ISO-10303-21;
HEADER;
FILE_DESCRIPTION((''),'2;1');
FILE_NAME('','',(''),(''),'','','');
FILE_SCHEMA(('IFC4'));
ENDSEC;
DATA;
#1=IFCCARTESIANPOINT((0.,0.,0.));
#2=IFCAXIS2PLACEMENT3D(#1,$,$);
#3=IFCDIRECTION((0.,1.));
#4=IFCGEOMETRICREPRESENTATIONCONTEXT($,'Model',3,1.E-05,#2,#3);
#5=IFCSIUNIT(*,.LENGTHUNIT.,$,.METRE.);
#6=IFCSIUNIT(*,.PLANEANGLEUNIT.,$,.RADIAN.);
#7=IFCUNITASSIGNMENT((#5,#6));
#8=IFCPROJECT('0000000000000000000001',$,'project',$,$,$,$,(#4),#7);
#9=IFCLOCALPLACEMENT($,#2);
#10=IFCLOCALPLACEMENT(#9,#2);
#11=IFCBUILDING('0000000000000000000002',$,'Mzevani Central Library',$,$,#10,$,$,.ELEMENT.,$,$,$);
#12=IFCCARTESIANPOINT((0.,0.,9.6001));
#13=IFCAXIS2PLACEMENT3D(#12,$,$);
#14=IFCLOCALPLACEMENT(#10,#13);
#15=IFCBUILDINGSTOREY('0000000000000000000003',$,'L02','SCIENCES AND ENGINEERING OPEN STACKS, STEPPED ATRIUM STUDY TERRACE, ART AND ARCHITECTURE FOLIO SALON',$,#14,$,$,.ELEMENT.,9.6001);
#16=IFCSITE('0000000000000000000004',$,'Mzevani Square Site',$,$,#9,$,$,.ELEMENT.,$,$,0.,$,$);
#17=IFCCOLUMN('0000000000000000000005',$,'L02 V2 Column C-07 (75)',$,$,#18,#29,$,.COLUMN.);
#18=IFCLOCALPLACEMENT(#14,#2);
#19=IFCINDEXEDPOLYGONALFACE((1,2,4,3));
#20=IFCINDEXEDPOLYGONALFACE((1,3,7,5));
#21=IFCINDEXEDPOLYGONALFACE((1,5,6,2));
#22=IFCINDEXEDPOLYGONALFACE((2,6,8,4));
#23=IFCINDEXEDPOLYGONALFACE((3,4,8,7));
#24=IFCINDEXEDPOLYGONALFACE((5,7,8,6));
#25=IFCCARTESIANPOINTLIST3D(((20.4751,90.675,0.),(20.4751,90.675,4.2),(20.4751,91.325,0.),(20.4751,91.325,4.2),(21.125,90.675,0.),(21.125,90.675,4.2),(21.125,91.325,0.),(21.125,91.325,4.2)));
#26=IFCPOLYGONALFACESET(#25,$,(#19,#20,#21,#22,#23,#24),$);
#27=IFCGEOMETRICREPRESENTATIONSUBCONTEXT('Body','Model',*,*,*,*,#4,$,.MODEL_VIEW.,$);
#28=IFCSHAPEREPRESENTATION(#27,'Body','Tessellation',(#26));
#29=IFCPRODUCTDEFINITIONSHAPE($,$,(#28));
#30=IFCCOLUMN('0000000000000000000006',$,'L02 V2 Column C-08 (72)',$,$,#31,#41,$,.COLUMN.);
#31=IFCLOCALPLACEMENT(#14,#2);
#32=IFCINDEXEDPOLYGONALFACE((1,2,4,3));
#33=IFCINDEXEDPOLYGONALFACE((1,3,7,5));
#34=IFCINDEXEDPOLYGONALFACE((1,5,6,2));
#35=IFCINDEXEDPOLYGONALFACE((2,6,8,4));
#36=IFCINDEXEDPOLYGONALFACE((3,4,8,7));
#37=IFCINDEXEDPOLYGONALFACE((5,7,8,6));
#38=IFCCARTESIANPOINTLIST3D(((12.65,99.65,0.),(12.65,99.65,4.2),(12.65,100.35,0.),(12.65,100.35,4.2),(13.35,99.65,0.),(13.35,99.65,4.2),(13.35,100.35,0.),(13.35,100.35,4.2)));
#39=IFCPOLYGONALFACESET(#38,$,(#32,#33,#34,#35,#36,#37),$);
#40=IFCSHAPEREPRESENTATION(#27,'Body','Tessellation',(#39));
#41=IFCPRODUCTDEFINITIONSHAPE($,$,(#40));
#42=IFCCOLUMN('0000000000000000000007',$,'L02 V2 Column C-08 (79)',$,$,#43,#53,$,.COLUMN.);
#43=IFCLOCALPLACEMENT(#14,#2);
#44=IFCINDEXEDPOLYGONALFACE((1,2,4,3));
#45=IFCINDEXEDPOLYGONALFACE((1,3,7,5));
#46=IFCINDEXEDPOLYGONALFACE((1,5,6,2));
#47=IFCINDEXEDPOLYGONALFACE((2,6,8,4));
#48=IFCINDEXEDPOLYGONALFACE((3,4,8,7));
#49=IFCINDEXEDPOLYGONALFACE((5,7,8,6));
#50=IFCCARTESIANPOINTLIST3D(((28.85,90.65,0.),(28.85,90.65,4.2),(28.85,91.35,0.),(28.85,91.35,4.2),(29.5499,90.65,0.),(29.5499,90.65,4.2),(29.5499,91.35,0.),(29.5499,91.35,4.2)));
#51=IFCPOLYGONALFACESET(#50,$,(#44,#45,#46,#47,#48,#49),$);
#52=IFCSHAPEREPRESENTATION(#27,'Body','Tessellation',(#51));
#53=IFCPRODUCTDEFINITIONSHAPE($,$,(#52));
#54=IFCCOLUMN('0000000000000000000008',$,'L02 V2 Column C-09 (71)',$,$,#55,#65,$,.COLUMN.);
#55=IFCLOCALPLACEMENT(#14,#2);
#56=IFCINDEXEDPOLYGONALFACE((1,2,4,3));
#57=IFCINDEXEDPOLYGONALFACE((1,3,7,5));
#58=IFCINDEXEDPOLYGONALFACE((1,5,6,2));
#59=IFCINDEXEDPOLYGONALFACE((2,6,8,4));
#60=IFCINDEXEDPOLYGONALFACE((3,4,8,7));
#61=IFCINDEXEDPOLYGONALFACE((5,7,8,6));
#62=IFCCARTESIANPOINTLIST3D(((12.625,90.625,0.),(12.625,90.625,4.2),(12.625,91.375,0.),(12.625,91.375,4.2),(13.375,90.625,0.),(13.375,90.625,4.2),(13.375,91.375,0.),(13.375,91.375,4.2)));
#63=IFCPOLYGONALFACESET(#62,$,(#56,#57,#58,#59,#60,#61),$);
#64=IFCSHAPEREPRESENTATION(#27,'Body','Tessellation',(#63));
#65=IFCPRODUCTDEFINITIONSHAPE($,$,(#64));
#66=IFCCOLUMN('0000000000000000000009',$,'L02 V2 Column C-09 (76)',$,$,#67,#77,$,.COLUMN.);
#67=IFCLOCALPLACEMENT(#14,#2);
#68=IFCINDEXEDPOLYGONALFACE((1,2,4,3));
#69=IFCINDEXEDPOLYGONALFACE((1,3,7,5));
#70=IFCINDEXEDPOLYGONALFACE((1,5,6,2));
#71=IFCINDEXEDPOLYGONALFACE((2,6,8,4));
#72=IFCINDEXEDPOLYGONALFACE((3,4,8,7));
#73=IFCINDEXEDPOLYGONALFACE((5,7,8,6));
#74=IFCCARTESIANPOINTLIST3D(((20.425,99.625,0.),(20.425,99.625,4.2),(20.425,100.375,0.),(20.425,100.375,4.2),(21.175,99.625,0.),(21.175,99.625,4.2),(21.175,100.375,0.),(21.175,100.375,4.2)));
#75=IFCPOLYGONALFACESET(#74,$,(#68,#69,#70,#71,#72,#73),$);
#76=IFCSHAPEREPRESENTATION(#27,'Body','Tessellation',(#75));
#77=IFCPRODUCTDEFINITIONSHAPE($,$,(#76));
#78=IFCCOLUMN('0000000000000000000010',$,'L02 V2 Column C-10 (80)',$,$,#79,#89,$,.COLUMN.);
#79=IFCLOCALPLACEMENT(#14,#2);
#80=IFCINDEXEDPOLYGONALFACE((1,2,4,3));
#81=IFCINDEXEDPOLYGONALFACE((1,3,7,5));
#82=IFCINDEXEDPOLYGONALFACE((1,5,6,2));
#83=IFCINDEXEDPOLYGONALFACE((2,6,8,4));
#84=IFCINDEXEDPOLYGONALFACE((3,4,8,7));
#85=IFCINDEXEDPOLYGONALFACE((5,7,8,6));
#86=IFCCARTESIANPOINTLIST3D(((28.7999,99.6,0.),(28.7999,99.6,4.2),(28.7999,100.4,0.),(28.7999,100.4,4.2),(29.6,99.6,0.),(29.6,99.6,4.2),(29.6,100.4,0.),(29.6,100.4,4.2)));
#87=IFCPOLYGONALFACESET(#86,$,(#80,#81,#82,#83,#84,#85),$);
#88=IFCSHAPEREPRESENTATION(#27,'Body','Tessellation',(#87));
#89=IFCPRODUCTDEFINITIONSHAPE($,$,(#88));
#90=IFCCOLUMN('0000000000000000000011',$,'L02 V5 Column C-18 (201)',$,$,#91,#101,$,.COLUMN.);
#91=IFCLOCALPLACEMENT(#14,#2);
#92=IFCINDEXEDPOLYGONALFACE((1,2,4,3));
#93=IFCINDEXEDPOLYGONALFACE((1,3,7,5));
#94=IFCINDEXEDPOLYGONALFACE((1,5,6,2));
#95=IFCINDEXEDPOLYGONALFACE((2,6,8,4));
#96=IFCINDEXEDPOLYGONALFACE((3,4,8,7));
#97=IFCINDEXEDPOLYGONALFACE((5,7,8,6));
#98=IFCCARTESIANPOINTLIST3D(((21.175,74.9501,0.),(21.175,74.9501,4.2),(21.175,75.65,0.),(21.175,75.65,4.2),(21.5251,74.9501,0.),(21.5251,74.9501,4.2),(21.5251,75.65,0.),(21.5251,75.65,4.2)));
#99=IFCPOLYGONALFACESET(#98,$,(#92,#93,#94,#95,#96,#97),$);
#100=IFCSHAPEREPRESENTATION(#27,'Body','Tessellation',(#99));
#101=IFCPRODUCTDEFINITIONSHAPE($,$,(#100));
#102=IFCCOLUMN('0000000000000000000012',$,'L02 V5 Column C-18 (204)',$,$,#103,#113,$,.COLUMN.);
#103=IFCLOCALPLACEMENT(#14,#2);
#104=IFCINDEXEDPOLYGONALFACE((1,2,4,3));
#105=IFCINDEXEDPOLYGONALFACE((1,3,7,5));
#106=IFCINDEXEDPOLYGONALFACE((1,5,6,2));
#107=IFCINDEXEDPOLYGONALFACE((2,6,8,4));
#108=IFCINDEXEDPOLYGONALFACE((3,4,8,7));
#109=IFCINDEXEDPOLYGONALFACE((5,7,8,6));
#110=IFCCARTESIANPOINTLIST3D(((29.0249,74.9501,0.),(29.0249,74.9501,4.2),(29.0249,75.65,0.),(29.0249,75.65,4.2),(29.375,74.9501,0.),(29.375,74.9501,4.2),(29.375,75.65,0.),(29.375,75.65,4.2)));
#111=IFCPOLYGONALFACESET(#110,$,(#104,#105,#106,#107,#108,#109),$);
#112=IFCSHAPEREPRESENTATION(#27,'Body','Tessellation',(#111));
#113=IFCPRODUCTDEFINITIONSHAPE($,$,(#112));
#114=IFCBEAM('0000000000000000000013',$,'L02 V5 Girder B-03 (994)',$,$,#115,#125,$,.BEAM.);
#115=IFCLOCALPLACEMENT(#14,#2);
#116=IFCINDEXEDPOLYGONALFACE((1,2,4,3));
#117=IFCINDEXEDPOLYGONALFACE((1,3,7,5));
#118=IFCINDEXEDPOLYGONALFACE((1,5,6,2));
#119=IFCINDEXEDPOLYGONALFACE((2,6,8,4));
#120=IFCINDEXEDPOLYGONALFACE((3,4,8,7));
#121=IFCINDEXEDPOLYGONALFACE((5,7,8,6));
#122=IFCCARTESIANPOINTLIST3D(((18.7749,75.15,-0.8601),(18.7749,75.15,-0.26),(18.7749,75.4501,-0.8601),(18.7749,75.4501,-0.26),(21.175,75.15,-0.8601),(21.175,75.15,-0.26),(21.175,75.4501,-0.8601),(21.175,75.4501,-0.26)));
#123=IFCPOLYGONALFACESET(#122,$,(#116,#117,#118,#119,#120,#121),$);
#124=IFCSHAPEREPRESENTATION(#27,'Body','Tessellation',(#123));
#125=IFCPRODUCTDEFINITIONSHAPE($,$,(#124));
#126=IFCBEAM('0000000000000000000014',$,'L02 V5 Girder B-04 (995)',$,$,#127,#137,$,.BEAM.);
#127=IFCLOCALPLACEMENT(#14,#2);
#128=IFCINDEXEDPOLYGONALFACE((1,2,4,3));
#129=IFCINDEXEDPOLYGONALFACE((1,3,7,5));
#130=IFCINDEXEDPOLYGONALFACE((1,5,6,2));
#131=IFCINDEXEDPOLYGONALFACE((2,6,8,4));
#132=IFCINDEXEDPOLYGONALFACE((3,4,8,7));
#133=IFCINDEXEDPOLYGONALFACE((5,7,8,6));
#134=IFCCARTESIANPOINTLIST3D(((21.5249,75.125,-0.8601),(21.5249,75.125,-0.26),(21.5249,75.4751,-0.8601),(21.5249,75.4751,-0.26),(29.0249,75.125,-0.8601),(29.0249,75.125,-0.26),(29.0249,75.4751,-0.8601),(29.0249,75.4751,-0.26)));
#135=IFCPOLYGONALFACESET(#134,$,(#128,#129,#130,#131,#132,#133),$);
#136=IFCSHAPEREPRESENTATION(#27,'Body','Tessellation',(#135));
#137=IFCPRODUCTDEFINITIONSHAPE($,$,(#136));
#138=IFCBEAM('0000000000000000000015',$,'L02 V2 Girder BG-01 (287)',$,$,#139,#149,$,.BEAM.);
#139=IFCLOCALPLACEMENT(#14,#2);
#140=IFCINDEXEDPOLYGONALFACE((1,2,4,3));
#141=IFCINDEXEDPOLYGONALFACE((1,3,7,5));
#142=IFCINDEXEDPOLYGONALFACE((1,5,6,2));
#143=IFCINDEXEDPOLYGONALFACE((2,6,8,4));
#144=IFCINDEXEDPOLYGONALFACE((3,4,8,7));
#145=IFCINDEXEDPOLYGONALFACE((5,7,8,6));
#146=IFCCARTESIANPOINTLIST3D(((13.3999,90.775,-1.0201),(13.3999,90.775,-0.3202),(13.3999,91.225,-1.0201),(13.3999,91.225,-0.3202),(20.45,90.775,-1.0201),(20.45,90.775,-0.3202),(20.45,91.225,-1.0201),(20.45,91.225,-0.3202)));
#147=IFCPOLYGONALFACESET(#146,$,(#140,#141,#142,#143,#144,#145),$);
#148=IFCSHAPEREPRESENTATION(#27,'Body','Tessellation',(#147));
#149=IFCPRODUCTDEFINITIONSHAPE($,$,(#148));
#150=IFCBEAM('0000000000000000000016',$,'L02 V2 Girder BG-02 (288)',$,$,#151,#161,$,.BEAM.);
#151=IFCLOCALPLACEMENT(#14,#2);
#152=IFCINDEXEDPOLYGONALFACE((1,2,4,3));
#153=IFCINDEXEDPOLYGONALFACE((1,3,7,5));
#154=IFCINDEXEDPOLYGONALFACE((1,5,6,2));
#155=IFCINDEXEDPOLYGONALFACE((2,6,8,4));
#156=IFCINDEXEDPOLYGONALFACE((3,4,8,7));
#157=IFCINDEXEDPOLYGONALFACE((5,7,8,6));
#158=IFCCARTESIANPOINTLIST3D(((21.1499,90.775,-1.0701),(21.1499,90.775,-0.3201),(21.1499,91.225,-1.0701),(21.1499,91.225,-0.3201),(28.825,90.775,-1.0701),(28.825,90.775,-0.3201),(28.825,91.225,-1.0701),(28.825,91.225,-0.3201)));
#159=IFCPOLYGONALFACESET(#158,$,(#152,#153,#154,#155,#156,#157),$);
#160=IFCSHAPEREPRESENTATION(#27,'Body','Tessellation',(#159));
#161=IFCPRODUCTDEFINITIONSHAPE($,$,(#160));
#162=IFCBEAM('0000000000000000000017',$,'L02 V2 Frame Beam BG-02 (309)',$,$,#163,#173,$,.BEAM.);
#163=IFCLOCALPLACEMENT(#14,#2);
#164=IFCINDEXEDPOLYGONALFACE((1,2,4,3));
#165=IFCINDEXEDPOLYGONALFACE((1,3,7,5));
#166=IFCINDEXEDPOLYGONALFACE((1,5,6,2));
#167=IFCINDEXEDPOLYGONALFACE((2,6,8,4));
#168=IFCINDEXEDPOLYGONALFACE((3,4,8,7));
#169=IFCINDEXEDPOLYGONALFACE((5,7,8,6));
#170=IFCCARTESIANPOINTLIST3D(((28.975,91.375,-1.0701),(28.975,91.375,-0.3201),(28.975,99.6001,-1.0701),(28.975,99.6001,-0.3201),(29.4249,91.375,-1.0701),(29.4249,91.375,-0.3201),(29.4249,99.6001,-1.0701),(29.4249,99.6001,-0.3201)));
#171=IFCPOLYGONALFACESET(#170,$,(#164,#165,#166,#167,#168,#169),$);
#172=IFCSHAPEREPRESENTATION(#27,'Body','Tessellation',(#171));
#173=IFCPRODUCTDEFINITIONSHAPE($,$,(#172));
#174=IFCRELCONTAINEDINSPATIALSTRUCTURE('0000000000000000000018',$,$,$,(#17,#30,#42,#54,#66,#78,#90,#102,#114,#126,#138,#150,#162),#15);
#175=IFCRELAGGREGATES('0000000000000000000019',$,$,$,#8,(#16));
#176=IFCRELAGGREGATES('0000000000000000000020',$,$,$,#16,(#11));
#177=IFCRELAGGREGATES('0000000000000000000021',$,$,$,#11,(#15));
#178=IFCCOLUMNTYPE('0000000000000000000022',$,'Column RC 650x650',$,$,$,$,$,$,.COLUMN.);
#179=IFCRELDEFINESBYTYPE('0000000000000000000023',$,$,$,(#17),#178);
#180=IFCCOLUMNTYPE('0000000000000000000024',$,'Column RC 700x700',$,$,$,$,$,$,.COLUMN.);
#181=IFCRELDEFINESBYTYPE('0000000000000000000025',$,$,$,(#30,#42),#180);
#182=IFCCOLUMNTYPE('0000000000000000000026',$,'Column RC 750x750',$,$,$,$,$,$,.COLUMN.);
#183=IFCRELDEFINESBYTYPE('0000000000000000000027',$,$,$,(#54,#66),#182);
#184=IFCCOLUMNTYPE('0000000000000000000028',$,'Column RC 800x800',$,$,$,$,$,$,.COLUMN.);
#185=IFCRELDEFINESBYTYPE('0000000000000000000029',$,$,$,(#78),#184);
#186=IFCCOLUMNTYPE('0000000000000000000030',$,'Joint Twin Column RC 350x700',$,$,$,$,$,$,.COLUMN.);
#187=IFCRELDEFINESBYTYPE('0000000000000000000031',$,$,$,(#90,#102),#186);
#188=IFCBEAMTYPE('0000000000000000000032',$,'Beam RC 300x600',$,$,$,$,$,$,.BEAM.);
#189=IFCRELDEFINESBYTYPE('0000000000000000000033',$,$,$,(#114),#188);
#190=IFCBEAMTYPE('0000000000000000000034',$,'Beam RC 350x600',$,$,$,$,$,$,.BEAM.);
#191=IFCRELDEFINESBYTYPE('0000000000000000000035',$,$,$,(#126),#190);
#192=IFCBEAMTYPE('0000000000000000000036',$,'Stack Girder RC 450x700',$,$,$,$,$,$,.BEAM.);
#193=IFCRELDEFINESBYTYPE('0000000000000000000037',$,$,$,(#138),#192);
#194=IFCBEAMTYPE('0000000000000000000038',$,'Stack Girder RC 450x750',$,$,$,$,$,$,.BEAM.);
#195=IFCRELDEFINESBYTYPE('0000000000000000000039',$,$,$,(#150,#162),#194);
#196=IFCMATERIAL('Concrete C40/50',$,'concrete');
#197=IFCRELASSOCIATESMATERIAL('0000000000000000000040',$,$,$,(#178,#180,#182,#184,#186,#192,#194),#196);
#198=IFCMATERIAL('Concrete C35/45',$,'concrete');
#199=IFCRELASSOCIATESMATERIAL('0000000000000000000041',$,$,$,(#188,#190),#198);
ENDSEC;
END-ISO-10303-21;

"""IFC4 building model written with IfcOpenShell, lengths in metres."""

from ifc_helpers import new_model, si_unit, direction, frame, origin, origin_2d, place, context, subcontext, project, spatial, rectangle, extrude, material, material_profile, profile_set, type_object, element, save


model = new_model("IFC4")

# Units and contexts
model_context = context("Model", 3, precision=1e-05, world=origin(), true_north=direction((0.0, 1.0)))
body_context = subcontext(model_context, "Body", "Model", "MODEL_VIEW")
ifc_project = project(units=[si_unit("LENGTHUNIT", "METRE"), si_unit("PLANEANGLEUNIT", "RADIAN")], contexts=[model_context])

# Site, building, storey
site_placement = place(None, origin())
site = spatial("IfcSite", under=ifc_project, at=site_placement, Name="Mzevani Square Site", CompositionType="ELEMENT", RefElevation=0.0)
building_placement = place(site_placement, origin())
building = spatial("IfcBuilding", under=site, at=building_placement, Name="Mzevani Central Library", CompositionType="ELEMENT")
storey_placement = place(building_placement, frame((0.0, 0.0, 9.6001)))
storey = spatial("IfcBuildingStorey", under=building, at=storey_placement, Name="L02", Description="SCIENCES AND ENGINEERING OPEN STACKS, STEPPED ATRIUM STUDY TERRACE, ART AND ARCHITECTURE FOLIO SALON", CompositionType="ELEMENT", Elevation=9.6001)

# Columns
ifc_material_1 = material(Name="Concrete C40/50", Category="concrete")
ifc_material_profile_1 = material_profile(ifc_material_1, rectangle(XDim=0.6499, YDim=0.6499, at=origin_2d()), Name="RC 650x650")
ifc_profile_set_1 = profile_set([ifc_material_profile_1], Name="Concrete C40/50")
column_type_1 = type_object("IfcColumnType", Name="Column RC 650x650", PredefinedType="COLUMN", material=ifc_profile_set_1)
column_1_placement = place(storey_placement, frame((20.8, 91.0, 0.0), z_axis=(0.0, 0.0, 1.0), x_axis=(1.0, 0.0, 0.0)))
element("IfcColumn", 1, at=column_1_placement, inside=storey, type_object=column_type_1, Name="L02 V2 Column C-07 (75)", PredefinedType="COLUMN", context=body_context, shape_type="SweptSolid", body=[
    extrude(rectangle(XDim=0.6499, YDim=0.6499, at=origin_2d()), origin(), (0.0, 0.0, 1.0), 4.2),
])
ifc_material_profile_2 = material_profile(ifc_material_1, rectangle(XDim=0.7, YDim=0.7, at=origin_2d()), Name="RC 700x700")
ifc_profile_set_2 = profile_set([ifc_material_profile_2], Name="Concrete C40/50")
column_type_2 = type_object("IfcColumnType", Name="Column RC 700x700", PredefinedType="COLUMN", material=ifc_profile_set_2)
for number, where, z_axis, x_axis, name in (
    (2, (13.0, 100.0, 0.0), (0.0, 0.0, 1.0), (1.0, 0.0, 0.0), "L02 V2 Column C-08 (72)"),
    (3, (29.2, 91.0, 0.0), (0.0, 0.0, 1.0), (1.0, 0.0, 0.0), "L02 V2 Column C-08 (79)"),
):
    element("IfcColumn", number, at=place(storey_placement, frame(where, z_axis=z_axis, x_axis=x_axis)), inside=storey, type_object=column_type_2, Name=name, PredefinedType="COLUMN", context=body_context, shape_type="SweptSolid", body=[
        extrude(rectangle(XDim=0.7, YDim=0.7, at=origin_2d()), origin(), (0.0, 0.0, 1.0), 4.2),
    ])
ifc_material_profile_3 = material_profile(ifc_material_1, rectangle(XDim=0.75, YDim=0.75, at=origin_2d()), Name="RC 750x750")
ifc_profile_set_3 = profile_set([ifc_material_profile_3], Name="Concrete C40/50")
column_type_3 = type_object("IfcColumnType", Name="Column RC 750x750", PredefinedType="COLUMN", material=ifc_profile_set_3)
for number, where, z_axis, x_axis, name in (
    (4, (13.0, 91.0, 0.0), (0.0, 0.0, 1.0), (1.0, 0.0, 0.0), "L02 V2 Column C-09 (71)"),
    (5, (20.8, 100.0, 0.0), (0.0, 0.0, 1.0), (1.0, 0.0, 0.0), "L02 V2 Column C-09 (76)"),
):
    element("IfcColumn", number, at=place(storey_placement, frame(where, z_axis=z_axis, x_axis=x_axis)), inside=storey, type_object=column_type_3, Name=name, PredefinedType="COLUMN", context=body_context, shape_type="SweptSolid", body=[
        extrude(rectangle(XDim=0.75, YDim=0.75, at=origin_2d()), origin(), (0.0, 0.0, 1.0), 4.2),
    ])
ifc_material_profile_4 = material_profile(ifc_material_1, rectangle(XDim=0.8, YDim=0.8, at=origin_2d()), Name="RC 800x800")
ifc_profile_set_4 = profile_set([ifc_material_profile_4], Name="Concrete C40/50")
column_type_4 = type_object("IfcColumnType", Name="Column RC 800x800", PredefinedType="COLUMN", material=ifc_profile_set_4)
column_2_placement = place(storey_placement, frame((29.2, 100.0, 0.0), z_axis=(0.0, 0.0, 1.0), x_axis=(1.0, 0.0, 0.0)))
element("IfcColumn", 6, at=column_2_placement, inside=storey, type_object=column_type_4, Name="L02 V2 Column C-10 (80)", PredefinedType="COLUMN", context=body_context, shape_type="SweptSolid", body=[
    extrude(rectangle(XDim=0.8, YDim=0.8, at=origin_2d()), origin(), (0.0, 0.0, 1.0), 4.2),
])
ifc_material_profile_5 = material_profile(ifc_material_1, rectangle(XDim=0.3501, YDim=0.7, at=origin_2d()), Name="RC 350x700")
ifc_profile_set_5 = profile_set([ifc_material_profile_5], Name="Concrete C40/50")
column_type_5 = type_object("IfcColumnType", Name="Joint Twin Column RC 350x700", PredefinedType="COLUMN", material=ifc_profile_set_5)
for number, where, z_axis, x_axis, name in (
    (7, (21.3501, 75.3, 0.0), (0.0, 0.0, 1.0), (1.0, 0.0, 0.0), "L02 V5 Column C-18 (201)"),
    (8, (29.2, 75.3, 0.0), (0.0, 0.0, 1.0), (1.0, 0.0, 0.0), "L02 V5 Column C-18 (204)"),
):
    element("IfcColumn", number, at=place(storey_placement, frame(where, z_axis=z_axis, x_axis=x_axis)), inside=storey, type_object=column_type_5, Name=name, PredefinedType="COLUMN", context=body_context, shape_type="SweptSolid", body=[
        extrude(rectangle(XDim=0.3501, YDim=0.7, at=origin_2d()), origin(), (0.0, 0.0, 1.0), 4.2),
    ])

# Beams
ifc_material_2 = material(Name="Concrete C35/45", Category="concrete")
ifc_material_profile_6 = material_profile(ifc_material_2, rectangle(XDim=0.3, YDim=0.6001, at=origin_2d()), Name="RC B300x600")
ifc_profile_set_6 = profile_set([ifc_material_profile_6], Name="Concrete C35/45")
beam_type_1 = type_object("IfcBeamType", Name="Beam RC 300x600", PredefinedType="BEAM", material=ifc_profile_set_6)
beam_1_placement = place(storey_placement, frame((18.7749, 75.3, -0.5601), z_axis=(1.0, 0.0, 0.0), x_axis=(0.0, 1.0, 0.0)))
element("IfcBeam", 9, at=beam_1_placement, inside=storey, type_object=beam_type_1, Name="L02 V5 Girder B-03 (994)", PredefinedType="BEAM", context=body_context, shape_type="SweptSolid", body=[
    extrude(rectangle(XDim=0.3, YDim=0.6001, at=origin_2d()), origin(), (0.0, 0.0, 1.0), 2.4001),
])
ifc_material_profile_7 = material_profile(ifc_material_2, rectangle(XDim=0.3501, YDim=0.6001, at=origin_2d()), Name="RC B350x600")
ifc_profile_set_7 = profile_set([ifc_material_profile_7], Name="Concrete C35/45")
beam_type_2 = type_object("IfcBeamType", Name="Beam RC 350x600", PredefinedType="BEAM", material=ifc_profile_set_7)
beam_2_placement = place(storey_placement, frame((21.5249, 75.3, -0.5601), z_axis=(1.0, 0.0, 0.0), x_axis=(0.0, 1.0, 0.0)))
element("IfcBeam", 10, at=beam_2_placement, inside=storey, type_object=beam_type_2, Name="L02 V5 Girder B-04 (995)", PredefinedType="BEAM", context=body_context, shape_type="SweptSolid", body=[
    extrude(rectangle(XDim=0.3501, YDim=0.6001, at=origin_2d()), origin(), (0.0, 0.0, 1.0), 7.5),
])
ifc_material_profile_8 = material_profile(ifc_material_1, rectangle(XDim=0.45, YDim=0.7, at=origin_2d()), Name="RC B450x700")
ifc_profile_set_8 = profile_set([ifc_material_profile_8], Name="Concrete C40/50")
beam_type_3 = type_object("IfcBeamType", Name="Stack Girder RC 450x700", PredefinedType="BEAM", material=ifc_profile_set_8)
beam_3_placement = place(storey_placement, frame((13.3999, 91.0, -0.6702), z_axis=(1.0, 0.0, 0.0), x_axis=(0.0, 1.0, 0.0)))
element("IfcBeam", 11, at=beam_3_placement, inside=storey, type_object=beam_type_3, Name="L02 V2 Girder BG-01 (287)", PredefinedType="BEAM", context=body_context, shape_type="SweptSolid", body=[
    extrude(rectangle(XDim=0.45, YDim=0.7, at=origin_2d()), origin(), (0.0, 0.0, 1.0), 7.05),
])
ifc_material_profile_9 = material_profile(ifc_material_1, rectangle(XDim=0.45, YDim=0.75, at=origin_2d()), Name="RC B450x750")
ifc_profile_set_9 = profile_set([ifc_material_profile_9], Name="Concrete C40/50")
beam_type_4 = type_object("IfcBeamType", Name="Stack Girder RC 450x750", PredefinedType="BEAM", material=ifc_profile_set_9)
beam_4_placement = place(storey_placement, frame((21.1499, 91.0, -0.6951), z_axis=(1.0, 0.0, 0.0), x_axis=(0.0, 1.0, 0.0)))
element("IfcBeam", 12, at=beam_4_placement, inside=storey, type_object=beam_type_4, Name="L02 V2 Girder BG-02 (288)", PredefinedType="BEAM", context=body_context, shape_type="SweptSolid", body=[
    extrude(rectangle(XDim=0.45, YDim=0.75, at=origin_2d()), origin(), (0.0, 0.0, 1.0), 7.675),
])
beam_5_placement = place(storey_placement, frame((29.2, 91.375, -0.6951), z_axis=(0.0, 1.0, 0.0), x_axis=(-1.0, 0.0, 0.0)))
element("IfcBeam", 13, at=beam_5_placement, inside=storey, type_object=beam_type_4, Name="L02 V2 Frame Beam BG-02 (309)", PredefinedType="BEAM", context=body_context, shape_type="SweptSolid", body=[
    extrude(rectangle(XDim=0.45, YDim=0.75, at=origin_2d()), origin(), (0.0, 0.0, 1.0), 8.2251),
])

save(model, "model.ifc")
